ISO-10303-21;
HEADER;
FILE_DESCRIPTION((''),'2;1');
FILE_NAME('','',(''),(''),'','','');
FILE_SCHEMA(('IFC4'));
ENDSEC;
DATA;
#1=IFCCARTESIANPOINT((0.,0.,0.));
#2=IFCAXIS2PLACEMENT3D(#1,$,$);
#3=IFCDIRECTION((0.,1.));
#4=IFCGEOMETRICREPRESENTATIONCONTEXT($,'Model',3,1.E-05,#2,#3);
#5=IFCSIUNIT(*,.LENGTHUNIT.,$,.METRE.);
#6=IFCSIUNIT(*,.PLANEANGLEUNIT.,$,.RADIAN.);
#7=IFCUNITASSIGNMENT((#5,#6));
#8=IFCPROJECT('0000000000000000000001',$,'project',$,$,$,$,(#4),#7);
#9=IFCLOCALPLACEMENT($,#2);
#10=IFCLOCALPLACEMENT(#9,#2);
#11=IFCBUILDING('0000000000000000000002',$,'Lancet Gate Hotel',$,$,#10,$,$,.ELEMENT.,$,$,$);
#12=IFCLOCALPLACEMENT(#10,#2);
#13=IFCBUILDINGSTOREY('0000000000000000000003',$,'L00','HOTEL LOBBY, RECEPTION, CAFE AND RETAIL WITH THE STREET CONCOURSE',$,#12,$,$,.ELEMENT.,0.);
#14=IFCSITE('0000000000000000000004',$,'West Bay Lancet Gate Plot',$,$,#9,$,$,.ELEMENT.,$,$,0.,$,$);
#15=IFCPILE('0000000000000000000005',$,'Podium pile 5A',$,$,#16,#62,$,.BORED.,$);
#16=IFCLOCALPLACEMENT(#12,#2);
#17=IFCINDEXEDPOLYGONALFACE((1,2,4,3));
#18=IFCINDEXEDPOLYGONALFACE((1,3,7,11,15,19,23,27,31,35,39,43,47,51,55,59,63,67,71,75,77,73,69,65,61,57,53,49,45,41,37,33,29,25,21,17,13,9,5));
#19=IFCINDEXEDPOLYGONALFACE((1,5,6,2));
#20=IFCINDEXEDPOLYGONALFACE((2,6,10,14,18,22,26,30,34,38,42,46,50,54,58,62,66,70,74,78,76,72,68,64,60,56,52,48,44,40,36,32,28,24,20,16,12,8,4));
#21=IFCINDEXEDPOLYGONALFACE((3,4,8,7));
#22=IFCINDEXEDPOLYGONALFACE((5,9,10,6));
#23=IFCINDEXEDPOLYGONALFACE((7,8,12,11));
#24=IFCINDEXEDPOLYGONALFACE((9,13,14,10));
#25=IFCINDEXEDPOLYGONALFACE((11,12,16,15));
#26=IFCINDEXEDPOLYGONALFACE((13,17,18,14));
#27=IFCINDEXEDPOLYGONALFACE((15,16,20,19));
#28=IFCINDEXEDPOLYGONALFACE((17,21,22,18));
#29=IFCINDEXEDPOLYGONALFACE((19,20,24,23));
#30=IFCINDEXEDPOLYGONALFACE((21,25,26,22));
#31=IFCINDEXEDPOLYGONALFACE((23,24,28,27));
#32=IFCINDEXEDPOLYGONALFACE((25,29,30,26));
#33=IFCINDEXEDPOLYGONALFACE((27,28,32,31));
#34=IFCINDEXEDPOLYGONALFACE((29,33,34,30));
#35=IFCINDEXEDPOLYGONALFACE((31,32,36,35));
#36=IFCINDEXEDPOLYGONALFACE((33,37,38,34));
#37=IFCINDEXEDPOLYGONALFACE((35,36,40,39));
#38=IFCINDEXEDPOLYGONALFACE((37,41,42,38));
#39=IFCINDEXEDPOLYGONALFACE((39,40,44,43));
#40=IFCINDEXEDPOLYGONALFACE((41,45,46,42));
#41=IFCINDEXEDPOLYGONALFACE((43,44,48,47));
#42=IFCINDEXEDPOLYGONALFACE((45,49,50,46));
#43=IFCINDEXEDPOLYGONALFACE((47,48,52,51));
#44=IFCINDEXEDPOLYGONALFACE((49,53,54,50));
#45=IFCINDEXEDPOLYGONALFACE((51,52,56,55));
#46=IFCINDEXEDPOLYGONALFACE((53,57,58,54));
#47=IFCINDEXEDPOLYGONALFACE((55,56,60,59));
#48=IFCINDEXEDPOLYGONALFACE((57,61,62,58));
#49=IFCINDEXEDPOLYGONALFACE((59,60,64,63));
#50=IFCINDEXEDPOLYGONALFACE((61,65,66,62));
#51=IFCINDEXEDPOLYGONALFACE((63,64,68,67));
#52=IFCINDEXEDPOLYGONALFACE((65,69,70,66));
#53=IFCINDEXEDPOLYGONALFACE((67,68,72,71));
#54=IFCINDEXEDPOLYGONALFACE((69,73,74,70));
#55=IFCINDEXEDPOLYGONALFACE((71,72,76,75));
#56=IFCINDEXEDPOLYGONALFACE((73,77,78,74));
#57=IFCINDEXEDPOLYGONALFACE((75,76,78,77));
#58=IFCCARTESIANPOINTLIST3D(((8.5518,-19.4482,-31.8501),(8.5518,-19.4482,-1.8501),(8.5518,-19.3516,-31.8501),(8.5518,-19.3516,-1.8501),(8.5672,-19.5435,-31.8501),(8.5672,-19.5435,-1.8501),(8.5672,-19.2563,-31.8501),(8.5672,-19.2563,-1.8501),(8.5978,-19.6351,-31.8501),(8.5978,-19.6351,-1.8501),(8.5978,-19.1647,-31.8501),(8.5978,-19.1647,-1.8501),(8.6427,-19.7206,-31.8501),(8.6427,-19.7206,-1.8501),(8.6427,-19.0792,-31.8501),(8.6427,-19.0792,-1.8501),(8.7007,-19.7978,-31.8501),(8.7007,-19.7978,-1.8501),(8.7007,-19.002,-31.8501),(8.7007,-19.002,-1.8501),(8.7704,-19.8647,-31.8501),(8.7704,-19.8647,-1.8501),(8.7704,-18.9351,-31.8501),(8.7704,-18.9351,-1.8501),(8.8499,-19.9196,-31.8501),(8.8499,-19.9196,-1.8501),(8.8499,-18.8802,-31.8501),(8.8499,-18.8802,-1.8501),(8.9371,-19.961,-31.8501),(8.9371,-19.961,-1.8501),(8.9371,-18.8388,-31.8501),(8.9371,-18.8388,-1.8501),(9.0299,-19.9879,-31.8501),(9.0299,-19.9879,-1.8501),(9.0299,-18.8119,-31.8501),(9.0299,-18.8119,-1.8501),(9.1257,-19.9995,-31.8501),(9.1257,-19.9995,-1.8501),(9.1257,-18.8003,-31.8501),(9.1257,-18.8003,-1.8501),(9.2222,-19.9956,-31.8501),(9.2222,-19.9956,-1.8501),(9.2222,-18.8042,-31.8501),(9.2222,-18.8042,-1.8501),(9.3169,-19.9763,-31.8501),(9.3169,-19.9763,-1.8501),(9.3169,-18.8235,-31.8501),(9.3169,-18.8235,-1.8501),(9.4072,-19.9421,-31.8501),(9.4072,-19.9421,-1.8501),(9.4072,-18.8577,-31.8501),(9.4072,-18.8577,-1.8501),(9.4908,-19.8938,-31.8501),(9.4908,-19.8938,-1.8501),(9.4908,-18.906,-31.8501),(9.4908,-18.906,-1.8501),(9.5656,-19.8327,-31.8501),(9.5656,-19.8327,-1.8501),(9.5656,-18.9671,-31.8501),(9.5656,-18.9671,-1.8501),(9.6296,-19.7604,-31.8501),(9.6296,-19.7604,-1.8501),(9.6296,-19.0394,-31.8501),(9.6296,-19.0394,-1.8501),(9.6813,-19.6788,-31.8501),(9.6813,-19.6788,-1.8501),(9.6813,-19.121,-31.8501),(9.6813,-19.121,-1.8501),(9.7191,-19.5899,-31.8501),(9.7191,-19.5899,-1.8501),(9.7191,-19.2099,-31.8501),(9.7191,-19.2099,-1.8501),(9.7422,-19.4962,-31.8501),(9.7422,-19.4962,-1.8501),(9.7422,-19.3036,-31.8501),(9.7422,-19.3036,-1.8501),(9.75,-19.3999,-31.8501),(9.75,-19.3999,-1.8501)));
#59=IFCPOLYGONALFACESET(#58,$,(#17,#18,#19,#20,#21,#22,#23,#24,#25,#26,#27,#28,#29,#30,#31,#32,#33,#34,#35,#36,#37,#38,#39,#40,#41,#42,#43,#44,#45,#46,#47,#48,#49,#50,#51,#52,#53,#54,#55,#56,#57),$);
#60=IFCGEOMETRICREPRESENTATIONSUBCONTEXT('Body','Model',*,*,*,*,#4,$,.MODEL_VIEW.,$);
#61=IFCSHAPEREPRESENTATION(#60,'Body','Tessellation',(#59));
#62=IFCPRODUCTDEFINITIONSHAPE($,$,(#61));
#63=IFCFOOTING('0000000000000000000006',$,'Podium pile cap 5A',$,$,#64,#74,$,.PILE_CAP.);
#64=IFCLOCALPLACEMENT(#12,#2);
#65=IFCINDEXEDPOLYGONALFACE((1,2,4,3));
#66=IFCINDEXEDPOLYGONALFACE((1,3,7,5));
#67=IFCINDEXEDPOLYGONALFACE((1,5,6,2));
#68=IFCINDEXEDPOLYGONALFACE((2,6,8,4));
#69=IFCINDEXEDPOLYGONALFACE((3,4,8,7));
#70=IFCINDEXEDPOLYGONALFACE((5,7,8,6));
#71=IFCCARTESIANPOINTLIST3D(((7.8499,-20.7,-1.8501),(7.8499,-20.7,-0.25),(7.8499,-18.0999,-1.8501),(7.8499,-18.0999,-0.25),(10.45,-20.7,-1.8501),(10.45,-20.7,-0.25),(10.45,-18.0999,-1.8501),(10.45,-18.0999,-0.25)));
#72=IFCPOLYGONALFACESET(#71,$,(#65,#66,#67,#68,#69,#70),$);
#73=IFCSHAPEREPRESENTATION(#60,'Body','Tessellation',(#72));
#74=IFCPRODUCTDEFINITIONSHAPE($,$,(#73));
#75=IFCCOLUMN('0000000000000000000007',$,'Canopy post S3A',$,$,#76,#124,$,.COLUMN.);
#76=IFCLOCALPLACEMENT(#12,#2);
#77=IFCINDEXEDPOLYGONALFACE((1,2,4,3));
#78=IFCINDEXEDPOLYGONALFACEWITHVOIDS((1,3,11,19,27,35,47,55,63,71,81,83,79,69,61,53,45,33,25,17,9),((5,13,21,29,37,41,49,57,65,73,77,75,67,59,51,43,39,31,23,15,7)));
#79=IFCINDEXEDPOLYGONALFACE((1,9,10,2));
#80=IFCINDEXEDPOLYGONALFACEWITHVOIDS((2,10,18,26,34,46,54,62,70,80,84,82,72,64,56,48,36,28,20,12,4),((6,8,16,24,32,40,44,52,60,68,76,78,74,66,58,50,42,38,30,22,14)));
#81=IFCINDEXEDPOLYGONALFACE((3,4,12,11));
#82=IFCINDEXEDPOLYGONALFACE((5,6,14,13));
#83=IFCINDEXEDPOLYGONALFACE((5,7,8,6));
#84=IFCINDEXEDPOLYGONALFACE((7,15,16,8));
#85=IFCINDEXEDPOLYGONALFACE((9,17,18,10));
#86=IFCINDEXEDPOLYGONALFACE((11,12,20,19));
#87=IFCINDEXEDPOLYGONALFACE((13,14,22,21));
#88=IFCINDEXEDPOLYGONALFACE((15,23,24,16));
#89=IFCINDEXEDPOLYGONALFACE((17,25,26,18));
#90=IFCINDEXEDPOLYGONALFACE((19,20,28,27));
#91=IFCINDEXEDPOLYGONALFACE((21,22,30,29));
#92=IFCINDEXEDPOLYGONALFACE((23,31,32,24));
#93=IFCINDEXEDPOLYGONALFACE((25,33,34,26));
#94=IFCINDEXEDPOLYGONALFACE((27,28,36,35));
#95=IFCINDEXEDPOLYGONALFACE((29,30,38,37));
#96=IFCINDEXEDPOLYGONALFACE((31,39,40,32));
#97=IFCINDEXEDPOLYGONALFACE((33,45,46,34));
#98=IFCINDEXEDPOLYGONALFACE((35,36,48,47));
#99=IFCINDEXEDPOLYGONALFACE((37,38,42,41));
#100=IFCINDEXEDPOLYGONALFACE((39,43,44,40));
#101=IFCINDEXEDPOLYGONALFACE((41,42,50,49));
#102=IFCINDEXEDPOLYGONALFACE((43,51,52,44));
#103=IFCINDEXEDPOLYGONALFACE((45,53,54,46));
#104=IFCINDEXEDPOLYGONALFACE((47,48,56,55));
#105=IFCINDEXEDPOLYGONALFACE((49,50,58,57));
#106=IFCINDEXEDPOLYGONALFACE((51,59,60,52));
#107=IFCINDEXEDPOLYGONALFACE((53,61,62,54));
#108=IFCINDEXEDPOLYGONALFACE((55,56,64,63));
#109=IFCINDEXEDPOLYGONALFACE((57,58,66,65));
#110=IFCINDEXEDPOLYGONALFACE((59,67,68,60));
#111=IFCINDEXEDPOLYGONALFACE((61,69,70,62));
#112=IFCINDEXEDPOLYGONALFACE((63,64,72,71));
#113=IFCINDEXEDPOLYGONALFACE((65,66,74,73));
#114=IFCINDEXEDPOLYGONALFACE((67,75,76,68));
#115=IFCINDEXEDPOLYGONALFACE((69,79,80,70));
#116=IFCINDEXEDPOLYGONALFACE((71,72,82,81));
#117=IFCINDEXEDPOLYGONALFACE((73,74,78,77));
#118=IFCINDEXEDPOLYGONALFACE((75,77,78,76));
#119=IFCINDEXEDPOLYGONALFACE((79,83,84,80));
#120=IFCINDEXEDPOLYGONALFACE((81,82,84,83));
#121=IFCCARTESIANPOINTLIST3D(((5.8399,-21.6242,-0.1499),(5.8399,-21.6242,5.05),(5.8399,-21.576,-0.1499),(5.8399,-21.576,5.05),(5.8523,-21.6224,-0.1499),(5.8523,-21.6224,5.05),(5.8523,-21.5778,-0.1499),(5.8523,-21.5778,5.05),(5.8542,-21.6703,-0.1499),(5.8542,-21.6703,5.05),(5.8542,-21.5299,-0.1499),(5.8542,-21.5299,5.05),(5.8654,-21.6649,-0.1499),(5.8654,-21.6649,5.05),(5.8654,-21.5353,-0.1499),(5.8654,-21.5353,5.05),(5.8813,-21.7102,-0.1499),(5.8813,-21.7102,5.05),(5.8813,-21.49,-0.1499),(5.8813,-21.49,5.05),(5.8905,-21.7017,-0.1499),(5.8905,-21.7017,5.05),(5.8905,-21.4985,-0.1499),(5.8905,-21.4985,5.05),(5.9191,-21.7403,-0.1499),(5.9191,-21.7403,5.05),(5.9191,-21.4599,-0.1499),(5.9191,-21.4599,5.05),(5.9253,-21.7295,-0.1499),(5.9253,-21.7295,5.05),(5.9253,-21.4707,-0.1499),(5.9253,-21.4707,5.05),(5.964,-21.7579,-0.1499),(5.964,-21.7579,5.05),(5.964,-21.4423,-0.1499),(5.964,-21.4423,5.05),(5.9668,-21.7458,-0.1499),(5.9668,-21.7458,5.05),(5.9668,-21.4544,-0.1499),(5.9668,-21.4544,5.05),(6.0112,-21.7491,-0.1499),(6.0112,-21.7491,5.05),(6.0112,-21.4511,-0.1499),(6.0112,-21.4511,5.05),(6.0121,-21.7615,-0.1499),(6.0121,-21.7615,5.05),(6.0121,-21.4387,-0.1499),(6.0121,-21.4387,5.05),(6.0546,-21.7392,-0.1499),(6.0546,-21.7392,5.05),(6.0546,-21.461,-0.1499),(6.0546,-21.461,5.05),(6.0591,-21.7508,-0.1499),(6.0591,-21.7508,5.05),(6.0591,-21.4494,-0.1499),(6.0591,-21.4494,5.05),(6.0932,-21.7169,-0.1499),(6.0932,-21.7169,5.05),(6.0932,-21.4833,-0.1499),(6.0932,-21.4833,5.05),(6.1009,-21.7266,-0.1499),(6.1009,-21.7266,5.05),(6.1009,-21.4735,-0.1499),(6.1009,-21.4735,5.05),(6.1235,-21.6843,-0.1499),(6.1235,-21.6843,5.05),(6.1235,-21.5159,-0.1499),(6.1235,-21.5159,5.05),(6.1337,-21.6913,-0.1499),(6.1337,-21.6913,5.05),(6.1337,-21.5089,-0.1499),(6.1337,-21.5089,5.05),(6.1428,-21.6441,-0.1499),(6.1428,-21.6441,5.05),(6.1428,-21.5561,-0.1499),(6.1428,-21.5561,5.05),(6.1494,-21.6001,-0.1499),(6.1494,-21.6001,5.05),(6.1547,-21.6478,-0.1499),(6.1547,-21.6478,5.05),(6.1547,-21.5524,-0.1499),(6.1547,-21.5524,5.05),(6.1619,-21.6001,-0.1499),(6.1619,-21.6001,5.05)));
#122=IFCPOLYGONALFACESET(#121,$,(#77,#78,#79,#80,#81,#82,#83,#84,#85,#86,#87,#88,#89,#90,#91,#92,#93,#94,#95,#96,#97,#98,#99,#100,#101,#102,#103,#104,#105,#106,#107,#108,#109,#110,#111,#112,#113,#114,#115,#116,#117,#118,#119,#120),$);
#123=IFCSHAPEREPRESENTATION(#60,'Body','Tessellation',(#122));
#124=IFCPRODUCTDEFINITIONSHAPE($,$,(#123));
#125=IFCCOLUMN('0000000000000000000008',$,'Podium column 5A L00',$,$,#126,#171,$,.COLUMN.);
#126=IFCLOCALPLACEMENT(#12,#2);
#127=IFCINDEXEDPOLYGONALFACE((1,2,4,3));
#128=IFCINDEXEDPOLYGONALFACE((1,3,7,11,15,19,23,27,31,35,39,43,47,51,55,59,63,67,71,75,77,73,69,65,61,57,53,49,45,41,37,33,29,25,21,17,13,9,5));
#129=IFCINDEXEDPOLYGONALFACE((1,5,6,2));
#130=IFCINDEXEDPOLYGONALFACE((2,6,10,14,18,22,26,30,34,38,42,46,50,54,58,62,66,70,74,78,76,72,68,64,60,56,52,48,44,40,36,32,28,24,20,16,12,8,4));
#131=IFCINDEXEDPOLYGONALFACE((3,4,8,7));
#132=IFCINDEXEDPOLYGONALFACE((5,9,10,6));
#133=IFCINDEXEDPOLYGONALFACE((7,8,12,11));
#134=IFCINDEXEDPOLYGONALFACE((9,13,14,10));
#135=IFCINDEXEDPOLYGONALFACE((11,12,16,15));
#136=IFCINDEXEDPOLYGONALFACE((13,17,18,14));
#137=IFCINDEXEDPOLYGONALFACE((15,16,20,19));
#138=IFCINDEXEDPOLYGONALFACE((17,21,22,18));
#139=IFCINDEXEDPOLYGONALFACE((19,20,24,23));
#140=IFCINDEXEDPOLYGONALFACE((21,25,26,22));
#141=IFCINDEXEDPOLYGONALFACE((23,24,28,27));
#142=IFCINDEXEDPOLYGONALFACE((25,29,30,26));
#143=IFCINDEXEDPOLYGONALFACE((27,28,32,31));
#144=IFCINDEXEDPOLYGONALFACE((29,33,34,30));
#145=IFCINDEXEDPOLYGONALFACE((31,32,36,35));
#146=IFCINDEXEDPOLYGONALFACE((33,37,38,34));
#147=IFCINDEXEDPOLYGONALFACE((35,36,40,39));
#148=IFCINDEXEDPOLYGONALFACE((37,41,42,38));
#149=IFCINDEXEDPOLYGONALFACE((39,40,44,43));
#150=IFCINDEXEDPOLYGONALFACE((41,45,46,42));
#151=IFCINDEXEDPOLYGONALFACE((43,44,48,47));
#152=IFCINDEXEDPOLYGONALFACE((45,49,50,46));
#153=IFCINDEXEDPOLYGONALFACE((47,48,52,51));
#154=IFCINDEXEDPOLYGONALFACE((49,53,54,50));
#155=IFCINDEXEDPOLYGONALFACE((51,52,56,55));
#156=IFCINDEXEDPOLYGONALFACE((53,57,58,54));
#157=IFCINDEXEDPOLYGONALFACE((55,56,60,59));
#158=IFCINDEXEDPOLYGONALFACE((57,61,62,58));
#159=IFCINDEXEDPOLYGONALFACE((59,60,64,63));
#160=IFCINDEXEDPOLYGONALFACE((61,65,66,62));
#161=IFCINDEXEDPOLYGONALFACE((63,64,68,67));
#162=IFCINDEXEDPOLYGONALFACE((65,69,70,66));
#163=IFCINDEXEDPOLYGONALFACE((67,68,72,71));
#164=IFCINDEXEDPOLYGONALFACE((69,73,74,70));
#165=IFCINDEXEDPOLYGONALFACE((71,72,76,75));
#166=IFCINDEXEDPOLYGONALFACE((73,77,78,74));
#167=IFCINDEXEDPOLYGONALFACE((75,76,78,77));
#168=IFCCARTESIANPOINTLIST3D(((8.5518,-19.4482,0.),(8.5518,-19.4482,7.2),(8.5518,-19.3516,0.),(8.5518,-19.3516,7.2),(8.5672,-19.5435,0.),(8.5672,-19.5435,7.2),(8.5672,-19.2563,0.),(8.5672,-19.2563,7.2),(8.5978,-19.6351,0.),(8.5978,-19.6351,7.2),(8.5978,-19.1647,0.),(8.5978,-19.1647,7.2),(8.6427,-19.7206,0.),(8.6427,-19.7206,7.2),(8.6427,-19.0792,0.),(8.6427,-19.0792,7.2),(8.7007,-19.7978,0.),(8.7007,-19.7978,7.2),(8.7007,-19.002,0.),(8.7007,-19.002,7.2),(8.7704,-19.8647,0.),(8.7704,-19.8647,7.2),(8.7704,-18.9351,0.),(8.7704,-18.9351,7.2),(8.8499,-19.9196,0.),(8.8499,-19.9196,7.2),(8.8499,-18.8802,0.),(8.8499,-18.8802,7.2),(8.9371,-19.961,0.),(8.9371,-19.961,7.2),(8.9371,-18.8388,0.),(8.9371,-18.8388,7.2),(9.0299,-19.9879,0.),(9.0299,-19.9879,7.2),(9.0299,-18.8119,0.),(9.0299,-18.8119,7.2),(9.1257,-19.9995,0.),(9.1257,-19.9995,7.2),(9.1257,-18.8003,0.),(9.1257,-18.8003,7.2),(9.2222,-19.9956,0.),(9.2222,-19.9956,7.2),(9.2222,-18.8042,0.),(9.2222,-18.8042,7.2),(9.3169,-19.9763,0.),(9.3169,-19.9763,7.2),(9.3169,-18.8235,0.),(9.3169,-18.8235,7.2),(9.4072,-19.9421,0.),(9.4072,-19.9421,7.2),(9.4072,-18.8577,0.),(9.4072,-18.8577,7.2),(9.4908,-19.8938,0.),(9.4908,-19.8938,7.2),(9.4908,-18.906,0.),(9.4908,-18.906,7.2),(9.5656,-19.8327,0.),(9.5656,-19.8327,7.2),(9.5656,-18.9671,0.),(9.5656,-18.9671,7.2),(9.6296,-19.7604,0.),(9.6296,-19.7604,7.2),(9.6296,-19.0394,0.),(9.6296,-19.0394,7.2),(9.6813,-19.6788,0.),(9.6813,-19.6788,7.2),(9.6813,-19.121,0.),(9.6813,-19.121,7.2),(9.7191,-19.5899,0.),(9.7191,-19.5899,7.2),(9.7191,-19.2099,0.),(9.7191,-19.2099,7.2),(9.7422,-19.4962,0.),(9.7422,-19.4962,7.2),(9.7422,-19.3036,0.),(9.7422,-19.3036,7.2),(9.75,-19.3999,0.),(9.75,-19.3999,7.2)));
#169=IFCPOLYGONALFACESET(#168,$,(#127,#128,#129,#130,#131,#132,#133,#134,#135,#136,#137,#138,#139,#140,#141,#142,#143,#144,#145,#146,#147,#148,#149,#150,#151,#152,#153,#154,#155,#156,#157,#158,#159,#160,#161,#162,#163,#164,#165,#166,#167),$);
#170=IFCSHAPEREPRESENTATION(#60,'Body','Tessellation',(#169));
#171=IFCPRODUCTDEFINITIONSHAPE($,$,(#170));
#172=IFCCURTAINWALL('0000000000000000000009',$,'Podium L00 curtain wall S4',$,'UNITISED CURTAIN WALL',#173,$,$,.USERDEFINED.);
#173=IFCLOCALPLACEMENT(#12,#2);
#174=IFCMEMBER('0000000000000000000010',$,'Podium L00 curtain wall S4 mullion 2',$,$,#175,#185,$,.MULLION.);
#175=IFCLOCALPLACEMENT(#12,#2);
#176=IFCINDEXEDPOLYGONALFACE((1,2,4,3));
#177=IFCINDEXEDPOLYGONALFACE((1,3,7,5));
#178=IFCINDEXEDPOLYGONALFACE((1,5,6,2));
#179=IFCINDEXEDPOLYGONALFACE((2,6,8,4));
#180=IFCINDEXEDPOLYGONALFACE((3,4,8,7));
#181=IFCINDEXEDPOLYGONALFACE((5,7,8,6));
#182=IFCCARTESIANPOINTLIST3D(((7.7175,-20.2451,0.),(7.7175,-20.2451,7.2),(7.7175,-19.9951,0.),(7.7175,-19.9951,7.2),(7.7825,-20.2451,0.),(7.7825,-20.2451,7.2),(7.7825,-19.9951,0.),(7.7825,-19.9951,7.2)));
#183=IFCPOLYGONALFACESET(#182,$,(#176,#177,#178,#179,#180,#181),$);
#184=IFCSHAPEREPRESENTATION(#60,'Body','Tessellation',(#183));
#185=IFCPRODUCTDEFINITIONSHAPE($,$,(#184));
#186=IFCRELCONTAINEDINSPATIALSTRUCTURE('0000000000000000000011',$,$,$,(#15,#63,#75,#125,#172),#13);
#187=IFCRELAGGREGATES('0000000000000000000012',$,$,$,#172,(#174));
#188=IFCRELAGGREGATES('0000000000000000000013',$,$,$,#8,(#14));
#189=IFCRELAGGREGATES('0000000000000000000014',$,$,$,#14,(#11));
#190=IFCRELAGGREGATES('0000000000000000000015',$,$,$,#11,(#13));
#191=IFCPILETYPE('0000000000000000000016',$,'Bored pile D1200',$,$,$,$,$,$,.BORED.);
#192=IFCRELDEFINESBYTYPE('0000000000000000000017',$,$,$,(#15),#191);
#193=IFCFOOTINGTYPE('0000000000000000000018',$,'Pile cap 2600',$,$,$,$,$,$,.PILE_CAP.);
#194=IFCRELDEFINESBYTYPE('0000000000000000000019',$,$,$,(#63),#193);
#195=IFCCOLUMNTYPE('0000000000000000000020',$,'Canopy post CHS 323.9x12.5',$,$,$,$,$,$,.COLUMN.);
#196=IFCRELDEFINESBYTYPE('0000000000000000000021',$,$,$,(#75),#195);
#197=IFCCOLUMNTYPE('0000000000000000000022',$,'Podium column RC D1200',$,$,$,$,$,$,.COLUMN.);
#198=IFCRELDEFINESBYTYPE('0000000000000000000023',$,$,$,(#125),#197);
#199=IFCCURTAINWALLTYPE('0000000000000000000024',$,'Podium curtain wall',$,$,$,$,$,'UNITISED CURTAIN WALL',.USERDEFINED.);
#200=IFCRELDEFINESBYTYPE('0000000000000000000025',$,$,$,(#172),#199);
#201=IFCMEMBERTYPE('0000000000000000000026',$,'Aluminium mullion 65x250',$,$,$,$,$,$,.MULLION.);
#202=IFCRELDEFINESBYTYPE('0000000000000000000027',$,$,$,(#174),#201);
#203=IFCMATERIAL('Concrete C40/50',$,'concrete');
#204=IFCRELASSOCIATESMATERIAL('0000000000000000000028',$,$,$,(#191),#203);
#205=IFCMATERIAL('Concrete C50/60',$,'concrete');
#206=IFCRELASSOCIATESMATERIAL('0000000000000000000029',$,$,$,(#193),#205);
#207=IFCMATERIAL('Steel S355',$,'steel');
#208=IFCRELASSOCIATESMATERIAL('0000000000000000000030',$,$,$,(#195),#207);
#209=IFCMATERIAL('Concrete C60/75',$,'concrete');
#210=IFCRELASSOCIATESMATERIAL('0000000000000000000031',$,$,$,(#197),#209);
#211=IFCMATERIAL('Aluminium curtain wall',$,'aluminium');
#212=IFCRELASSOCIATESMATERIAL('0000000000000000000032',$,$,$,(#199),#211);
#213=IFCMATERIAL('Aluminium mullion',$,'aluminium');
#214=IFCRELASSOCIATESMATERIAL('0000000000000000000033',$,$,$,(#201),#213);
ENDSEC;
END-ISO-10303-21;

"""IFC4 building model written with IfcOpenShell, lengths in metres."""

from ifc_helpers import new_model, si_unit, direction, frame, origin, origin_2d, place, context, subcontext, project, spatial, rectangle, circle, hollow_circle, extrude, material, material_profile, profile_set, type_object, element, aggregate, save


model = new_model("IFC4")

# Units and contexts
model_context = context("Model", 3, precision=1e-05, world=origin(), true_north=direction((0.0, 1.0)))
body_context = subcontext(model_context, "Body", "Model", "MODEL_VIEW")
ifc_project = project(units=[si_unit("LENGTHUNIT", "METRE"), si_unit("PLANEANGLEUNIT", "RADIAN")], contexts=[model_context])

# Site, building, storey
site_placement = place(None, origin())
site = spatial("IfcSite", under=ifc_project, at=site_placement, Name="West Bay Lancet Gate Plot", CompositionType="ELEMENT", RefElevation=0.0)
building_placement = place(site_placement, origin())
building = spatial("IfcBuilding", under=site, at=building_placement, Name="Lancet Gate Hotel", CompositionType="ELEMENT")
storey_placement = place(building_placement, origin())
storey = spatial("IfcBuildingStorey", under=building, at=storey_placement, Name="L00", Description="HOTEL LOBBY, RECEPTION, CAFE AND RETAIL WITH THE STREET CONCOURSE", CompositionType="ELEMENT", Elevation=0.0)

# Pile
ifc_material_1 = material(Name="Concrete C40/50", Category="concrete")
ifc_material_profile_1 = material_profile(ifc_material_1, circle(Radius=0.6001, at=origin_2d()), Name="PILE D1200")
ifc_profile_set_1 = profile_set([ifc_material_profile_1], Name="Concrete C40/50")
pile_type = type_object("IfcPileType", Name="Bored pile D1200", PredefinedType="BORED", material=ifc_profile_set_1)
pile_placement = place(storey_placement, frame((9.1499, -19.3999, -1.8501), z_axis=(0.0, 0.0, -1.0), x_axis=(1.0, 0.0, 0.0)))
element("IfcPile", 1, at=pile_placement, inside=storey, type_object=pile_type, Name="Podium pile 5A", PredefinedType="BORED", context=body_context, shape_type="SweptSolid", body=[
    extrude(circle(Radius=0.6001, at=origin_2d()), origin(), (0.0, 0.0, 1.0), 30.0),
])

# Footing
ifc_material_2 = material(Name="Concrete C50/60", Category="concrete")
footing_type = type_object("IfcFootingType", Name="Pile cap 2600", PredefinedType="PILE_CAP", material=ifc_material_2)
footing_placement = place(storey_placement, frame((9.1499, -19.3999, -1.8501), z_axis=(0.0, 0.0, 1.0), x_axis=(1.0, 0.0, 0.0)))
element("IfcFooting", 2, at=footing_placement, inside=storey, type_object=footing_type, Name="Podium pile cap 5A", PredefinedType="PILE_CAP", context=body_context, shape_type="SweptSolid", body=[
    extrude(rectangle(XDim=2.6001, YDim=2.6001, at=origin_2d()), origin(), (0.0, 0.0, 1.0), 1.6001),
])

# Columns
ifc_material_3 = material(Name="Steel S355", Category="steel")
ifc_material_profile_2 = material_profile(ifc_material_3, hollow_circle(Radius=0.1619, WallThickness=0.0125, at=origin_2d()), Name="CHS 323.9x12.5")
ifc_profile_set_2 = profile_set([ifc_material_profile_2], Name="Steel S355")
column_type_1 = type_object("IfcColumnType", Name="Canopy post CHS 323.9x12.5", PredefinedType="COLUMN", material=ifc_profile_set_2)
column_1_placement = place(storey_placement, frame((6.0, -21.6001, -0.1499), z_axis=(0.0, 0.0, 1.0), x_axis=(1.0, 0.0, 0.0)))
element("IfcColumn", 3, at=column_1_placement, inside=storey, type_object=column_type_1, Name="Canopy post S3A", PredefinedType="COLUMN", context=body_context, shape_type="SweptSolid", body=[
    extrude(hollow_circle(Radius=0.1619, WallThickness=0.0125, at=origin_2d()), origin(), (0.0, 0.0, 1.0), 5.2),
])
ifc_material_4 = material(Name="Concrete C60/75", Category="concrete")
ifc_material_profile_3 = material_profile(ifc_material_4, circle(Radius=0.6001, at=origin_2d()), Name="RC D1200")
ifc_profile_set_3 = profile_set([ifc_material_profile_3], Name="Concrete C60/75")
column_type_2 = type_object("IfcColumnType", Name="Podium column RC D1200", PredefinedType="COLUMN", material=ifc_profile_set_3)
column_2_placement = place(storey_placement, frame((9.1499, -19.3999, 0.0), z_axis=(0.0, 0.0, 1.0), x_axis=(1.0, 0.0, 0.0)))
element("IfcColumn", 4, at=column_2_placement, inside=storey, type_object=column_type_2, Name="Podium column 5A L00", PredefinedType="COLUMN", context=body_context, shape_type="SweptSolid", body=[
    extrude(circle(Radius=0.6001, at=origin_2d()), origin(), (0.0, 0.0, 1.0), 7.2),
])

# Curtain wall, member
ifc_material_5 = material(Name="Aluminium curtain wall", Category="aluminium")
curtain_wall_type = type_object("IfcCurtainWallType", Name="Podium curtain wall", ElementType="UNITISED CURTAIN WALL", PredefinedType="USERDEFINED", material=ifc_material_5)
curtain_wall_1_placement = place(storey_placement, origin())
curtain_wall_1 = element("IfcCurtainWall", 5, at=curtain_wall_1_placement, inside=storey, type_object=curtain_wall_type, Name="Podium L00 curtain wall S4", ObjectType="UNITISED CURTAIN WALL", PredefinedType="USERDEFINED")
ifc_material_6 = material(Name="Aluminium mullion", Category="aluminium")
ifc_material_profile_4 = material_profile(ifc_material_6, rectangle(XDim=0.0649, YDim=0.25, at=origin_2d()), Name="MULLION 65x250")
ifc_profile_set_4 = profile_set([ifc_material_profile_4], Name="Aluminium mullion")
member_type_1 = type_object("IfcMemberType", Name="Aluminium mullion 65x250", PredefinedType="MULLION", material=ifc_profile_set_4)
member_1_placement = place(storey_placement, frame((7.75, -20.1201, 0.0), z_axis=(0.0, 0.0, 1.0), x_axis=(1.0, 0.0, 0.0)))
member_1 = element("IfcMember", 6, at=member_1_placement, type_object=member_type_1, Name="Podium L00 curtain wall S4 mullion 2", PredefinedType="MULLION", context=body_context, shape_type="SweptSolid", body=[
    extrude(rectangle(XDim=0.0649, YDim=0.25, at=origin_2d()), origin(), (0.0, 0.0, 1.0), 7.2),
])

aggregate(curtain_wall_1, [member_1])

save(model, "model.ifc")
